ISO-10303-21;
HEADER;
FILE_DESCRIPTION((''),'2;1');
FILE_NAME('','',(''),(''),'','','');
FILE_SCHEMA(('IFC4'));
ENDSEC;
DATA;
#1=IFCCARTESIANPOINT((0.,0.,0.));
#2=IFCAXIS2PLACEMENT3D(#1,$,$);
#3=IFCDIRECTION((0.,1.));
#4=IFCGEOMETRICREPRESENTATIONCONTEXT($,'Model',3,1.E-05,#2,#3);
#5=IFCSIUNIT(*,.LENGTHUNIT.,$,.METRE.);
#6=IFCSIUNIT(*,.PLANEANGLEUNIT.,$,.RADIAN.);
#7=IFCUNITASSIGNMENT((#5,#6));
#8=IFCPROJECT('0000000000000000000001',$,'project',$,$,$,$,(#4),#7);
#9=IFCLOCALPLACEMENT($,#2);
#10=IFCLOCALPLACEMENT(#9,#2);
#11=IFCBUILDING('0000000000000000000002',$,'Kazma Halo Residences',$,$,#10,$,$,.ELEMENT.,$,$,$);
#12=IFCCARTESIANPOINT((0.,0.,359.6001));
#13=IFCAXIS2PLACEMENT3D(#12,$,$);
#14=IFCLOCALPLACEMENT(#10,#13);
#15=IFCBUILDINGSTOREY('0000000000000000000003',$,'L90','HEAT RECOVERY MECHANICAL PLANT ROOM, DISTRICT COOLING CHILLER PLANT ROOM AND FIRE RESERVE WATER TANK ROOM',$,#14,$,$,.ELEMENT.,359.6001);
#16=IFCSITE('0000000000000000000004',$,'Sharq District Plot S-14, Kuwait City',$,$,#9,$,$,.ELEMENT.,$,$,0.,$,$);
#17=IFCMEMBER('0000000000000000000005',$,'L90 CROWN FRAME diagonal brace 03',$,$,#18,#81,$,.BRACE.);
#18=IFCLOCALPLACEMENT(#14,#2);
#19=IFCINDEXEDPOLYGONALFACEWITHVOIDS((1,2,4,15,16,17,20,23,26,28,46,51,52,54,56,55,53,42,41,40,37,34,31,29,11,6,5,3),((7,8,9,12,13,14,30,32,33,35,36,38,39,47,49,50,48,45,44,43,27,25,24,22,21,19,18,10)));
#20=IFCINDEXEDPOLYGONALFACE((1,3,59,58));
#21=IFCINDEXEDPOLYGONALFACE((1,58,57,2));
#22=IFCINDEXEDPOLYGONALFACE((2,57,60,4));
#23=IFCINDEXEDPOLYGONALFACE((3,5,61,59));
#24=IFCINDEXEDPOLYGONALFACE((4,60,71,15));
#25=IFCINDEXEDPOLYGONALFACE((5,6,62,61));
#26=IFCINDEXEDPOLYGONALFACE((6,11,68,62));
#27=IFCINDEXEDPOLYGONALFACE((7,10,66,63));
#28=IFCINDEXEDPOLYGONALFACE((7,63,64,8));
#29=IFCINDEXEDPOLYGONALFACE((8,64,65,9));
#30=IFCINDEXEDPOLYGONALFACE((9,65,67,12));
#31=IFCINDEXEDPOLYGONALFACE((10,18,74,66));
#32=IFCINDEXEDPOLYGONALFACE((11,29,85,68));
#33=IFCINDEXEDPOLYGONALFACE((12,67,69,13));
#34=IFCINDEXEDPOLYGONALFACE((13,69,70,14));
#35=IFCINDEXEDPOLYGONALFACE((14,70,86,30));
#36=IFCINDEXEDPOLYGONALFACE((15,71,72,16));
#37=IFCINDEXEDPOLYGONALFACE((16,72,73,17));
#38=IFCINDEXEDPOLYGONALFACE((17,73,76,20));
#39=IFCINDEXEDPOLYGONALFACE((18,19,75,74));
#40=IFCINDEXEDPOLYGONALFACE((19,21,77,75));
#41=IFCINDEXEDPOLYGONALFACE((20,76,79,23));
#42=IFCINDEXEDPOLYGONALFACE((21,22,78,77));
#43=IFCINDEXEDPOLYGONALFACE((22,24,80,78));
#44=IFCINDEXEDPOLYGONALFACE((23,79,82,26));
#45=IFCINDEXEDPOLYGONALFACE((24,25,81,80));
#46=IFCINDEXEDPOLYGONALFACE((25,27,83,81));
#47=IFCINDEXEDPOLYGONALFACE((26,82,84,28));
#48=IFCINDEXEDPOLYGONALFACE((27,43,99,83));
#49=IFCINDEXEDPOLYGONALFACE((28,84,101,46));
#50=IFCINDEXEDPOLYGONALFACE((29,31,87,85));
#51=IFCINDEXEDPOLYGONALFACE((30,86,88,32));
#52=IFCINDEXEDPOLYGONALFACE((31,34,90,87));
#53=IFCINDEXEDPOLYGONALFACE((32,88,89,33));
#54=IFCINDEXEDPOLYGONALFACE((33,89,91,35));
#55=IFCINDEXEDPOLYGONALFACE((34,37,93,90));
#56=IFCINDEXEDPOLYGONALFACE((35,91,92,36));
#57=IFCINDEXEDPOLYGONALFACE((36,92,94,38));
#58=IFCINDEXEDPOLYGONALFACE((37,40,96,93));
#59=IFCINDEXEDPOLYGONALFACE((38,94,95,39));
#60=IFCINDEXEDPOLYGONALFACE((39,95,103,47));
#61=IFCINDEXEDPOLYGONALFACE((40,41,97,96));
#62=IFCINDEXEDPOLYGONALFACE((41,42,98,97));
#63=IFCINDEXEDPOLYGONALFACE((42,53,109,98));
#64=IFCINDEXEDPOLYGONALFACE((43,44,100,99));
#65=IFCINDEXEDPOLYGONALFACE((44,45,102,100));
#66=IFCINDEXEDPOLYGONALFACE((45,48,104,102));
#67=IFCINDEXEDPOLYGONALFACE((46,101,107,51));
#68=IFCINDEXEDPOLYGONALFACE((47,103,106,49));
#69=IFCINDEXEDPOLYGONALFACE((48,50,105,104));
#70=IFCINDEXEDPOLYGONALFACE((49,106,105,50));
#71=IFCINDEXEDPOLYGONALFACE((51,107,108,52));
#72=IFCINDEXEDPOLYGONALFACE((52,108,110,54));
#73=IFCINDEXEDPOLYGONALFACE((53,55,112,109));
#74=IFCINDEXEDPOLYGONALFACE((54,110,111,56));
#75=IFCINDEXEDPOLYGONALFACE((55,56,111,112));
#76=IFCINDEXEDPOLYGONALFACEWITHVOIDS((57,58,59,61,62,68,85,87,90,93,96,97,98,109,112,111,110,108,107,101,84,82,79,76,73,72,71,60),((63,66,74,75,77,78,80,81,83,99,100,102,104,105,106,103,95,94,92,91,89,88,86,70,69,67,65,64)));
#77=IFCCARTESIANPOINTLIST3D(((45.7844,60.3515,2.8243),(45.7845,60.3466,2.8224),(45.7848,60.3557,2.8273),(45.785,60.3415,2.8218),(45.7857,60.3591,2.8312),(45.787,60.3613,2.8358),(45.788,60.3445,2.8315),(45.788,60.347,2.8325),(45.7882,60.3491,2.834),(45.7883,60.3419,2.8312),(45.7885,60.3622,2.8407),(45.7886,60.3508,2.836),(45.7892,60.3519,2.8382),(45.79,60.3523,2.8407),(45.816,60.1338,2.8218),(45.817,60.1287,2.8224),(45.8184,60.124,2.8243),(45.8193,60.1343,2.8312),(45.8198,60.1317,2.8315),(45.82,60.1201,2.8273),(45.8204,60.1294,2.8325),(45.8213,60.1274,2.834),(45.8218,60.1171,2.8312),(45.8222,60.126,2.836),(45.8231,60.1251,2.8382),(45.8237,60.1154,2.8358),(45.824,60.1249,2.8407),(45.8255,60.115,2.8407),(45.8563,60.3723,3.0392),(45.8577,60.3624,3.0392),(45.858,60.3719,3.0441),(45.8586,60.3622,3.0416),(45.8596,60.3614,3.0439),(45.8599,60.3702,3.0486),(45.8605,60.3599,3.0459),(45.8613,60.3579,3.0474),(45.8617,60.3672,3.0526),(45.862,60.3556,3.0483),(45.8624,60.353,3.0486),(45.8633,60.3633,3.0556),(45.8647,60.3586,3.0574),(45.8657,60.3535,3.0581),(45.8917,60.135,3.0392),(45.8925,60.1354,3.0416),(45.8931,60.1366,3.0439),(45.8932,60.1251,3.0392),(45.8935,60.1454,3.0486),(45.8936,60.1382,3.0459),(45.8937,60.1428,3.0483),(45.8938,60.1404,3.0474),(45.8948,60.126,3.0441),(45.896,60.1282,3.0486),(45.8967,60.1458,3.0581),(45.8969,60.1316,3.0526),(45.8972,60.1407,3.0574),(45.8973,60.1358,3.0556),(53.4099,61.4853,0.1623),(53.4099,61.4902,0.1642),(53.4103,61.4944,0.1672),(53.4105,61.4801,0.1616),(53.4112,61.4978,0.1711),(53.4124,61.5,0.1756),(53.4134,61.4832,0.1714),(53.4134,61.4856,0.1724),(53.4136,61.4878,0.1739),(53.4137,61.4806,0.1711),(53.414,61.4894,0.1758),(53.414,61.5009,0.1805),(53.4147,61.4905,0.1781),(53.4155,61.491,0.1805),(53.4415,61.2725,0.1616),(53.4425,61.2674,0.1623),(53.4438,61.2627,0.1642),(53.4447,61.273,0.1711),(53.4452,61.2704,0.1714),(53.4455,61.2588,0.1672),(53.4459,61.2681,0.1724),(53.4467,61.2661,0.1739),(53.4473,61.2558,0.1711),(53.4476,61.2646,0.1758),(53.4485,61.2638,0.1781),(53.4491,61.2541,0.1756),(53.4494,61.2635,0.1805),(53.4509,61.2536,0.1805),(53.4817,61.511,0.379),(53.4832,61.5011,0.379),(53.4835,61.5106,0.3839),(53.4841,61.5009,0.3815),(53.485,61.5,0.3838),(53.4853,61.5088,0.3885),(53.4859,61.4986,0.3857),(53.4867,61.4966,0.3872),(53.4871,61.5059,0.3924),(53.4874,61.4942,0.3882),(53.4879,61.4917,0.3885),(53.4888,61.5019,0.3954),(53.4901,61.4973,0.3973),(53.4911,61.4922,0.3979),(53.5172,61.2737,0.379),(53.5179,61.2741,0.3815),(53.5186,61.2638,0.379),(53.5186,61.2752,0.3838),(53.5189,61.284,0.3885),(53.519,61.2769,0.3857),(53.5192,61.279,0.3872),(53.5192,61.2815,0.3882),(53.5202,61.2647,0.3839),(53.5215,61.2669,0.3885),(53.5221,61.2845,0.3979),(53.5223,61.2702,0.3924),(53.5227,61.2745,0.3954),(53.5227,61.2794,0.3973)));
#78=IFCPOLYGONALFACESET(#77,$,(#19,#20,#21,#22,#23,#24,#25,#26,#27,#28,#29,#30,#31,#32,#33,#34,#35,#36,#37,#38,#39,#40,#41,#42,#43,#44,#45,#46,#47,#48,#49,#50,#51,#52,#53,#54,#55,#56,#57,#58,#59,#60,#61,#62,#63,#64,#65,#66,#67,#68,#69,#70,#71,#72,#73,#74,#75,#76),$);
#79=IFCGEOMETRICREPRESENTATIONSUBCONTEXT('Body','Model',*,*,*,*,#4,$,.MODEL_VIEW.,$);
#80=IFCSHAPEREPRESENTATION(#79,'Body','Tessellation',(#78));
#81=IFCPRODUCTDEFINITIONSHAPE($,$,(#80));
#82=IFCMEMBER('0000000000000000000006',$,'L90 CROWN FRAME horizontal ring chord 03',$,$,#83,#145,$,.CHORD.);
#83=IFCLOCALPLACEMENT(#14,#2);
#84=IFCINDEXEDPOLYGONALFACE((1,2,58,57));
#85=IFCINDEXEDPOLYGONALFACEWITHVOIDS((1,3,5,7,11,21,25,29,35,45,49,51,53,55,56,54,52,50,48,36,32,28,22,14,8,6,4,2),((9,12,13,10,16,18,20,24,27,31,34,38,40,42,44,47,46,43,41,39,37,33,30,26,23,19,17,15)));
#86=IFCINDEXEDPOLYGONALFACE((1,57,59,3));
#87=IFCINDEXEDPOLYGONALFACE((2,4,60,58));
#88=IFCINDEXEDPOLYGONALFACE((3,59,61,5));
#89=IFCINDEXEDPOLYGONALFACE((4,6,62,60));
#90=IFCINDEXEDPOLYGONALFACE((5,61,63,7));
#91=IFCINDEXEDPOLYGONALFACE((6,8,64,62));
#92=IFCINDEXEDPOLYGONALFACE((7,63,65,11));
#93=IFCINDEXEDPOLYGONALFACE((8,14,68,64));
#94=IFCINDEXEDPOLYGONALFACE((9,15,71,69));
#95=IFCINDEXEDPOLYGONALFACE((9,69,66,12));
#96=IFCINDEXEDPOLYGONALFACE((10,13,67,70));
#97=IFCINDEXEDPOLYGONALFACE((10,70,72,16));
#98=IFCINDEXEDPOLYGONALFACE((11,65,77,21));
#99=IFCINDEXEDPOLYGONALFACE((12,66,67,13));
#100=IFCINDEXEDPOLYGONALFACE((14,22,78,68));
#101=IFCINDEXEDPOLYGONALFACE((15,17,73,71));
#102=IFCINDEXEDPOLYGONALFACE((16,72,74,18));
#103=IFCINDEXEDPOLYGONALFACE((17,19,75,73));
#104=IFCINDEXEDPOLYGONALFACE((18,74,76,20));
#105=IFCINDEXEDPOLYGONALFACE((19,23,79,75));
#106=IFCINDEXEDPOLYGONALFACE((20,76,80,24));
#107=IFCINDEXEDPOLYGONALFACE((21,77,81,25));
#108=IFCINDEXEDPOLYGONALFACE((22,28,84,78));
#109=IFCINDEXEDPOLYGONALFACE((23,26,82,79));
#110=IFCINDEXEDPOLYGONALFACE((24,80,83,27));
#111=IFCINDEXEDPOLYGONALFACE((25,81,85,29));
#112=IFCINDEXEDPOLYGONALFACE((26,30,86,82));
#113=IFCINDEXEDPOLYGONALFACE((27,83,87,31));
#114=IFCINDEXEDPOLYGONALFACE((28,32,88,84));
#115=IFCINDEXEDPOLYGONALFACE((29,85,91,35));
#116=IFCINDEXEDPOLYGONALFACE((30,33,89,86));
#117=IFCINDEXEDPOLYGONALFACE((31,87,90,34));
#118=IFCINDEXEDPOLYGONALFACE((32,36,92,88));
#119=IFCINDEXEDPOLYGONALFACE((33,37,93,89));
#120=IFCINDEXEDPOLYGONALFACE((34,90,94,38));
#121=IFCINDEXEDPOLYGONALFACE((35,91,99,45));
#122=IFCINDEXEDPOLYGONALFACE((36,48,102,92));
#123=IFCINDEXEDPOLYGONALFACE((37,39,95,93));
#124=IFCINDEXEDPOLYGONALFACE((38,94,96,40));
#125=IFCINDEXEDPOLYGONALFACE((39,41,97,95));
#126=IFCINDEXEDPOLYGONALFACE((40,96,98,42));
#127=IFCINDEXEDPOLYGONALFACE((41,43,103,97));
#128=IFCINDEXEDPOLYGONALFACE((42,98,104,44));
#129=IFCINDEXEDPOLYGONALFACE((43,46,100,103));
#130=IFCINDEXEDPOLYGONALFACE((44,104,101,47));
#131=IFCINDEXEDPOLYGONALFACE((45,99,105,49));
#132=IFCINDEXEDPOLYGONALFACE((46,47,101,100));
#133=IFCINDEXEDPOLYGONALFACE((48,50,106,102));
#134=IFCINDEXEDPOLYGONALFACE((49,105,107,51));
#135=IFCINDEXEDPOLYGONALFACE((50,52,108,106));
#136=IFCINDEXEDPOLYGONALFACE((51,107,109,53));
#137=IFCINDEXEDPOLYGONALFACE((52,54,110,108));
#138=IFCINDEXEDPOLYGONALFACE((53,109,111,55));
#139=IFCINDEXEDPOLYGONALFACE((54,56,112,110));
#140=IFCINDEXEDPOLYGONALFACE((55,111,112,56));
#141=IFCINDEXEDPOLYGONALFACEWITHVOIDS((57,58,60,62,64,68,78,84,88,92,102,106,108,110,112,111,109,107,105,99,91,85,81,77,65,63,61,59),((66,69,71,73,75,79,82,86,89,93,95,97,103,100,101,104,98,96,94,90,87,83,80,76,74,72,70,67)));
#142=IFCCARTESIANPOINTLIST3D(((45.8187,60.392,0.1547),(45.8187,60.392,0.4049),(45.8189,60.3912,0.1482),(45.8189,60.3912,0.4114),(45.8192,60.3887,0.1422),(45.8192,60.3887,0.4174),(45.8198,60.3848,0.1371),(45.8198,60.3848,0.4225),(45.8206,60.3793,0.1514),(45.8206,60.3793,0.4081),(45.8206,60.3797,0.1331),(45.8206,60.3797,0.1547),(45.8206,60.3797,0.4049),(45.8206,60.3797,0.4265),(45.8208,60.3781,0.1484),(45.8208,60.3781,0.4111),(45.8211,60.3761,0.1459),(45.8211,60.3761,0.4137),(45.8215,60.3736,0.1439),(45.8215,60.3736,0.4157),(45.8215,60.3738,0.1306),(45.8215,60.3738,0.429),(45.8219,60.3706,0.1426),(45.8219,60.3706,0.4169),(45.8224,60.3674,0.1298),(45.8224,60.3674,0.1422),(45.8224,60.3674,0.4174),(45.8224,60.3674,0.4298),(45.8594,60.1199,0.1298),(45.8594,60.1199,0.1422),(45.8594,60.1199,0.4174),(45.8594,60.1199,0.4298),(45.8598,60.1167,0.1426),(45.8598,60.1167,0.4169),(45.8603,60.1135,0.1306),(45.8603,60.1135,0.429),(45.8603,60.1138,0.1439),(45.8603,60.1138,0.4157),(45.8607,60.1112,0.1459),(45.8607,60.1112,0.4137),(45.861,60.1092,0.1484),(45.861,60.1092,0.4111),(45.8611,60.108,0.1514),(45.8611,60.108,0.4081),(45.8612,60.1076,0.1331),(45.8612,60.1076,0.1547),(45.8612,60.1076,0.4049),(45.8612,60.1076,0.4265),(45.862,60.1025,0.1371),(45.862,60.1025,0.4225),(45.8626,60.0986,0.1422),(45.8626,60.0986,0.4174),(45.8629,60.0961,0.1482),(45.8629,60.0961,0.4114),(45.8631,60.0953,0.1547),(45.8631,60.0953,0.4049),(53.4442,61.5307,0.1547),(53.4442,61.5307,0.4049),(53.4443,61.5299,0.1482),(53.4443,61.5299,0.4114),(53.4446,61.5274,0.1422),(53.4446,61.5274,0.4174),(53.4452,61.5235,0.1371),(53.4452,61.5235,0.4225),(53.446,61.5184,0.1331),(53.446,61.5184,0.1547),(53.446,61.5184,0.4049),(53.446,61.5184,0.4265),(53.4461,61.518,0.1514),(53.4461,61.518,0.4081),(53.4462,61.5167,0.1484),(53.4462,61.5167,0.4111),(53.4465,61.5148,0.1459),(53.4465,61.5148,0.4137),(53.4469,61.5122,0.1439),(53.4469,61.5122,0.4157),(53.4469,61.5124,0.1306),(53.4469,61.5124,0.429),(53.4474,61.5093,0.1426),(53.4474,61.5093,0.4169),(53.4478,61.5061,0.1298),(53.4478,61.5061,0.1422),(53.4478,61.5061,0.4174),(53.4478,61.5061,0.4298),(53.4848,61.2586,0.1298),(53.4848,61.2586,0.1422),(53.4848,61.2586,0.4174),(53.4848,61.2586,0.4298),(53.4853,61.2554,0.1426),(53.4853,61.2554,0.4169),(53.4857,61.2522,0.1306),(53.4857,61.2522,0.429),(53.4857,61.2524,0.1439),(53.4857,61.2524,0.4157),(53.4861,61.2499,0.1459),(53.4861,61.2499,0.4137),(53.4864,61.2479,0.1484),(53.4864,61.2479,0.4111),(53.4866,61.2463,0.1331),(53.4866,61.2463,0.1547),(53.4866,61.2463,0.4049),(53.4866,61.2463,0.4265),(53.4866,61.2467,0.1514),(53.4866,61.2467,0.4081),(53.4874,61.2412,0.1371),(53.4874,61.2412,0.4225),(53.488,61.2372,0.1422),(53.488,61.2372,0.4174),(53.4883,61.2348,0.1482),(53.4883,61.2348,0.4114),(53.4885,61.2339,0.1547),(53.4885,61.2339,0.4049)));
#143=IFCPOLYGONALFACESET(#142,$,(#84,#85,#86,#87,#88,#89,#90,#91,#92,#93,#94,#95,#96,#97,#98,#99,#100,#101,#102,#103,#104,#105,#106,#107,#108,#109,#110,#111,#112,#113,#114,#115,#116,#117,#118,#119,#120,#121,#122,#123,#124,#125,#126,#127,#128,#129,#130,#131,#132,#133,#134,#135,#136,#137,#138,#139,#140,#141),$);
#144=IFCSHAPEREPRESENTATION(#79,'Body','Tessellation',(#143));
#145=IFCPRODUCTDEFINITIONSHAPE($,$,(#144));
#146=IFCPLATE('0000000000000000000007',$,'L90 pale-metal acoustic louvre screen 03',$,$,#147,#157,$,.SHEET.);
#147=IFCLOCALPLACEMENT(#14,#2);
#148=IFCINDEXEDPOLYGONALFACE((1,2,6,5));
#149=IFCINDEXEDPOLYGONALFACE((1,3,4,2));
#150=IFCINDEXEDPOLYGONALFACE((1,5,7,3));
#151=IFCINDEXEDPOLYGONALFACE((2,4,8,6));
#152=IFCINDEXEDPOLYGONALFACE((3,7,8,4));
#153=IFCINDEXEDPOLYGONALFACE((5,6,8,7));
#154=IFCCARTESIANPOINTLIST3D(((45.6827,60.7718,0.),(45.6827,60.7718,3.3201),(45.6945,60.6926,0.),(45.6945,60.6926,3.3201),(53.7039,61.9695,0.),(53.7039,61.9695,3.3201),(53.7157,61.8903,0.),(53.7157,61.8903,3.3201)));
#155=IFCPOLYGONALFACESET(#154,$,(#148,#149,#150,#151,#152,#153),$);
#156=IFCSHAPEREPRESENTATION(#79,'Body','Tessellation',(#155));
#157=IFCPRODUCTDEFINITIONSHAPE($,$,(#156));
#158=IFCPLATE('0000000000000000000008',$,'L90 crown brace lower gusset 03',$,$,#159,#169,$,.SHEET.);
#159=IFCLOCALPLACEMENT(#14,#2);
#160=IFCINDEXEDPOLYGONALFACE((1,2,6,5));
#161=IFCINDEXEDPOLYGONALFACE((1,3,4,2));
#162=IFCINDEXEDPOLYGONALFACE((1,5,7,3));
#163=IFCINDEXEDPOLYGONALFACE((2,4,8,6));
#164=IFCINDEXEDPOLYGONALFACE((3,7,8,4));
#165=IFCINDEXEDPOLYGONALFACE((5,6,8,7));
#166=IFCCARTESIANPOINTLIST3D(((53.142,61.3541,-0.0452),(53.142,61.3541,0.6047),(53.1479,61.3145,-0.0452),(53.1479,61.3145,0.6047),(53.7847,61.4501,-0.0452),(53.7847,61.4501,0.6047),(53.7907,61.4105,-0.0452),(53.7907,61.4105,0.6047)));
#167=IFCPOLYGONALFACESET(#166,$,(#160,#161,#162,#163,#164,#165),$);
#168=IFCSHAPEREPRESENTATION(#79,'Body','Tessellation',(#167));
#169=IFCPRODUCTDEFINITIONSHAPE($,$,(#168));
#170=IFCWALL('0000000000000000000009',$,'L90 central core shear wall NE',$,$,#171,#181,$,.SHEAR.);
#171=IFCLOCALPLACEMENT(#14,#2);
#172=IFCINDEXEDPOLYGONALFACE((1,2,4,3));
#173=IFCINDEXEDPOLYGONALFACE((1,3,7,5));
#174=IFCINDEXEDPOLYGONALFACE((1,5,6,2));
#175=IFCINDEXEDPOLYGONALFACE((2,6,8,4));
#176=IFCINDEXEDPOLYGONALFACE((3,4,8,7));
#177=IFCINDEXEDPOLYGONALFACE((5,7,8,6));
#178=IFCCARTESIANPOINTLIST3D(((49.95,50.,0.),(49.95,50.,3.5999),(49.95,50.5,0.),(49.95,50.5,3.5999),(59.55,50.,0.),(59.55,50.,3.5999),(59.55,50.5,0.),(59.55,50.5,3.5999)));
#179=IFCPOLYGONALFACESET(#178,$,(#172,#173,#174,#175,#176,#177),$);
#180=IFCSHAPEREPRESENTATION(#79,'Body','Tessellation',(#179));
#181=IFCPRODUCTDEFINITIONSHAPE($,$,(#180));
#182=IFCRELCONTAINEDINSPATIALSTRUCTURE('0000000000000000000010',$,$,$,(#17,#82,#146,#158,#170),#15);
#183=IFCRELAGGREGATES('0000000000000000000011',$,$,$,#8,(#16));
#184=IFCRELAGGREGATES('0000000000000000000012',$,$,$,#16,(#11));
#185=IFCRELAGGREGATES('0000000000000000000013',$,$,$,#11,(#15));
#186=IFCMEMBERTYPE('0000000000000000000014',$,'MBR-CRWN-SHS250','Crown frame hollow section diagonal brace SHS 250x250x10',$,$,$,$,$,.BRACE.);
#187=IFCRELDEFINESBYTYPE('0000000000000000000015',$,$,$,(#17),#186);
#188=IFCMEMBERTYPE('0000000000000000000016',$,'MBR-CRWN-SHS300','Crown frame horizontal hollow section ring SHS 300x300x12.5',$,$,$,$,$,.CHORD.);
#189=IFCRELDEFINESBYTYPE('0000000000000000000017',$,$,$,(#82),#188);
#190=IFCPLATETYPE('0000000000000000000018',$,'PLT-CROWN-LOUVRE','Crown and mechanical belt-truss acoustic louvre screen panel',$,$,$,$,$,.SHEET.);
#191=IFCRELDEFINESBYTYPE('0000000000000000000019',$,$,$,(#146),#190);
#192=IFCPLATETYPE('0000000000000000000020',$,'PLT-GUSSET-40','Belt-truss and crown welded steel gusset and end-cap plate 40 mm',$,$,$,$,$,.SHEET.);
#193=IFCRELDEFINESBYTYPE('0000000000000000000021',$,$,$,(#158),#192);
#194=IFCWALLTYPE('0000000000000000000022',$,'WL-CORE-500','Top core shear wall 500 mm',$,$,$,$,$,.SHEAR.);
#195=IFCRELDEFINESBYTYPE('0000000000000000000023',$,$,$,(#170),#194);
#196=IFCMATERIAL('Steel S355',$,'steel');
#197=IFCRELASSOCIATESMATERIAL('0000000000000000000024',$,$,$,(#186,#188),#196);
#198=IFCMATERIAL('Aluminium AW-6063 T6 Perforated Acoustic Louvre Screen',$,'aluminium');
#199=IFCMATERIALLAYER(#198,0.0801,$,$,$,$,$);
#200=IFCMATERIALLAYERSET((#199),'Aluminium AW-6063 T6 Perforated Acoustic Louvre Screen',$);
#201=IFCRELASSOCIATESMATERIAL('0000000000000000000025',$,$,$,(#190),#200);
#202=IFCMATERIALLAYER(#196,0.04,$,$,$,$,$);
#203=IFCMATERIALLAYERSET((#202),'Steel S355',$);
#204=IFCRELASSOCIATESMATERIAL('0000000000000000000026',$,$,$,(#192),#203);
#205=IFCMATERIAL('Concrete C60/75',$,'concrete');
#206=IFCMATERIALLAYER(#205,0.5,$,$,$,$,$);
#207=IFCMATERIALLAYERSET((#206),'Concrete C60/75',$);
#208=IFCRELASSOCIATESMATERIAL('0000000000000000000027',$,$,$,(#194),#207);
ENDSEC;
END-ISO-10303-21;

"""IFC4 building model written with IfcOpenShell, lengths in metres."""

from ifc_helpers import new_model, si_unit, direction, frame, frame_2d, origin, origin_2d, place, context, subcontext, project, spatial, rectangle, hollow_rectangle, extrude, material, layer, layer_set, material_profile, profile_set, type_object, element, save


model = new_model("IFC4")

# Units and contexts
model_context = context("Model", 3, precision=1e-05, world=origin(), true_north=direction((0.0, 1.0)))
body_context = subcontext(model_context, "Body", "Model", "MODEL_VIEW")
ifc_project = project(units=[si_unit("LENGTHUNIT", "METRE"), si_unit("PLANEANGLEUNIT", "RADIAN")], contexts=[model_context])

# Site, building, storey
site_placement = place(None, origin())
site = spatial("IfcSite", under=ifc_project, at=site_placement, Name="Sharq District Plot S-14, Kuwait City", CompositionType="ELEMENT", RefElevation=0.0)
building_placement = place(site_placement, origin())
building = spatial("IfcBuilding", under=site, at=building_placement, Name="Kazma Halo Residences", CompositionType="ELEMENT")
storey_placement = place(building_placement, frame((0.0, 0.0, 359.6001)))
storey = spatial("IfcBuildingStorey", under=building, at=storey_placement, Name="L90", Description="HEAT RECOVERY MECHANICAL PLANT ROOM, DISTRICT COOLING CHILLER PLANT ROOM AND FIRE RESERVE WATER TANK ROOM", CompositionType="ELEMENT", Elevation=359.6001)

# Shared definitions
ifc_material_1 = material(Name="Steel S355", Category="steel")

# Members
ifc_material_profile_1 = material_profile(ifc_material_1, hollow_rectangle(XDim=0.25, YDim=0.25, WallThickness=0.01, InnerFilletRadius=0.01, OuterFilletRadius=0.02, at=origin_2d()), Name="SHS250x250x10")
ifc_profile_set_1 = profile_set([ifc_material_profile_1], Name="Steel S355")
member_type_1 = type_object("IfcMemberType", Name="MBR-CRWN-SHS250", Description="Crown frame hollow section diagonal brace SHS 250x250x10", PredefinedType="BRACE", material=ifc_profile_set_1)
member_1_placement = place(storey_placement, frame((53.4663, 61.3823, 0.2798), z_axis=(-0.934949, -0.139611, 0.326158), x_axis=(0.147687, -0.989034, 0.0)))
element("IfcMember", 1, at=member_1_placement, inside=storey, type_object=member_type_1, Name="L90 CROWN FRAME diagonal brace 03", PredefinedType="BRACE", context=body_context, shape_type="SweptSolid", body=[
    extrude(hollow_rectangle(XDim=0.25, YDim=0.25, WallThickness=0.01, InnerFilletRadius=0.01, OuterFilletRadius=0.02, at=origin_2d()), origin(), (0.0, 0.0, 1.0), 8.156),
])
ifc_material_profile_2 = material_profile(ifc_material_1, hollow_rectangle(XDim=0.3, YDim=0.3, WallThickness=0.0125, InnerFilletRadius=0.0125, OuterFilletRadius=0.0249, at=origin_2d()), Name="SHS300x300x12.5")
ifc_profile_set_2 = profile_set([ifc_material_profile_2], Name="Steel S355")
member_type_2 = type_object("IfcMemberType", Name="MBR-CRWN-SHS300", Description="Crown frame horizontal hollow section ring SHS 300x300x12.5", PredefinedType="CHORD", material=ifc_profile_set_2)
member_2_placement = place(storey_placement, frame((53.4663, 61.3823, 0.2798), z_axis=(-0.989034, -0.147687, 0.0), x_axis=(0.147687, -0.989034, 0.0)))
element("IfcMember", 2, at=member_2_placement, inside=storey, type_object=member_type_2, Name="L90 CROWN FRAME horizontal ring chord 03", PredefinedType="CHORD", context=body_context, shape_type="SweptSolid", body=[
    extrude(hollow_rectangle(XDim=0.3, YDim=0.3, WallThickness=0.0125, InnerFilletRadius=0.0125, OuterFilletRadius=0.0249, at=origin_2d()), origin(), (0.0, 0.0, 1.0), 7.71),
])

# Plates
ifc_material_2 = material(Name="Aluminium AW-6063 T6 Perforated Acoustic Louvre Screen", Category="aluminium")
ifc_layer_1 = layer(ifc_material_2, 0.0801)
ifc_layer_set_1 = layer_set([ifc_layer_1], Name="Aluminium AW-6063 T6 Perforated Acoustic Louvre Screen")
plate_type_1 = type_object("IfcPlateType", Name="PLT-CROWN-LOUVRE", Description="Crown and mechanical belt-truss acoustic louvre screen panel", PredefinedType="SHEET", material=ifc_layer_set_1)
plate_1_placement = place(storey_placement, frame((49.6992, 61.3311, 0.0), z_axis=(0.0, 0.0, 1.0), x_axis=(-0.989034, -0.147687, 0.0)))
element("IfcPlate", 3, at=plate_1_placement, inside=storey, type_object=plate_type_1, Name="L90 pale-metal acoustic louvre screen 03", PredefinedType="SHEET", context=body_context, shape_type="SweptSolid", body=[
    extrude(rectangle(XDim=8.1101, YDim=0.0801, at=origin_2d()), origin(), (0.0, 0.0, 1.0), 3.3201),
])
ifc_layer_2 = layer(ifc_material_1, 0.04)
ifc_layer_set_2 = layer_set([ifc_layer_2], Name="Steel S355")
plate_type_2 = type_object("IfcPlateType", Name="PLT-GUSSET-40", Description="Belt-truss and crown welded steel gusset and end-cap plate 40 mm", PredefinedType="SHEET", material=ifc_layer_set_2)
plate_2_placement = place(storey_placement, frame((53.4663, 61.3823, -0.0452), z_axis=(0.0, 0.0, 1.0), x_axis=(-0.989034, -0.147687, 0.0)))
element("IfcPlate", 4, at=plate_2_placement, inside=storey, type_object=plate_type_2, Name="L90 crown brace lower gusset 03", PredefinedType="SHEET", context=body_context, shape_type="SweptSolid", body=[
    extrude(rectangle(XDim=0.6499, YDim=0.04, at=origin_2d()), origin(), (0.0, 0.0, 1.0), 0.6499),
])

# Wall
ifc_material_3 = material(Name="Concrete C60/75", Category="concrete")
ifc_layer_3 = layer(ifc_material_3, 0.5)
ifc_layer_set_3 = layer_set([ifc_layer_3], Name="Concrete C60/75")
wall_type_1 = type_object("IfcWallType", Name="WL-CORE-500", Description="Top core shear wall 500 mm", PredefinedType="SHEAR", material=ifc_layer_set_3)
wall_1_placement = place(storey_placement, frame((49.95, 50.25, 0.0), z_axis=(0.0, 0.0, 1.0), x_axis=(1.0, 0.0, 0.0)))
element("IfcWall", 5, at=wall_1_placement, inside=storey, type_object=wall_type_1, Name="L90 central core shear wall NE", PredefinedType="SHEAR", context=body_context, shape_type="SweptSolid", body=[
    extrude(rectangle(XDim=9.6001, YDim=0.5, at=frame_2d((4.8, 0.0))), origin(), (0.0, 0.0, 1.0), 3.5999),
])

save(model, "model.ifc")
